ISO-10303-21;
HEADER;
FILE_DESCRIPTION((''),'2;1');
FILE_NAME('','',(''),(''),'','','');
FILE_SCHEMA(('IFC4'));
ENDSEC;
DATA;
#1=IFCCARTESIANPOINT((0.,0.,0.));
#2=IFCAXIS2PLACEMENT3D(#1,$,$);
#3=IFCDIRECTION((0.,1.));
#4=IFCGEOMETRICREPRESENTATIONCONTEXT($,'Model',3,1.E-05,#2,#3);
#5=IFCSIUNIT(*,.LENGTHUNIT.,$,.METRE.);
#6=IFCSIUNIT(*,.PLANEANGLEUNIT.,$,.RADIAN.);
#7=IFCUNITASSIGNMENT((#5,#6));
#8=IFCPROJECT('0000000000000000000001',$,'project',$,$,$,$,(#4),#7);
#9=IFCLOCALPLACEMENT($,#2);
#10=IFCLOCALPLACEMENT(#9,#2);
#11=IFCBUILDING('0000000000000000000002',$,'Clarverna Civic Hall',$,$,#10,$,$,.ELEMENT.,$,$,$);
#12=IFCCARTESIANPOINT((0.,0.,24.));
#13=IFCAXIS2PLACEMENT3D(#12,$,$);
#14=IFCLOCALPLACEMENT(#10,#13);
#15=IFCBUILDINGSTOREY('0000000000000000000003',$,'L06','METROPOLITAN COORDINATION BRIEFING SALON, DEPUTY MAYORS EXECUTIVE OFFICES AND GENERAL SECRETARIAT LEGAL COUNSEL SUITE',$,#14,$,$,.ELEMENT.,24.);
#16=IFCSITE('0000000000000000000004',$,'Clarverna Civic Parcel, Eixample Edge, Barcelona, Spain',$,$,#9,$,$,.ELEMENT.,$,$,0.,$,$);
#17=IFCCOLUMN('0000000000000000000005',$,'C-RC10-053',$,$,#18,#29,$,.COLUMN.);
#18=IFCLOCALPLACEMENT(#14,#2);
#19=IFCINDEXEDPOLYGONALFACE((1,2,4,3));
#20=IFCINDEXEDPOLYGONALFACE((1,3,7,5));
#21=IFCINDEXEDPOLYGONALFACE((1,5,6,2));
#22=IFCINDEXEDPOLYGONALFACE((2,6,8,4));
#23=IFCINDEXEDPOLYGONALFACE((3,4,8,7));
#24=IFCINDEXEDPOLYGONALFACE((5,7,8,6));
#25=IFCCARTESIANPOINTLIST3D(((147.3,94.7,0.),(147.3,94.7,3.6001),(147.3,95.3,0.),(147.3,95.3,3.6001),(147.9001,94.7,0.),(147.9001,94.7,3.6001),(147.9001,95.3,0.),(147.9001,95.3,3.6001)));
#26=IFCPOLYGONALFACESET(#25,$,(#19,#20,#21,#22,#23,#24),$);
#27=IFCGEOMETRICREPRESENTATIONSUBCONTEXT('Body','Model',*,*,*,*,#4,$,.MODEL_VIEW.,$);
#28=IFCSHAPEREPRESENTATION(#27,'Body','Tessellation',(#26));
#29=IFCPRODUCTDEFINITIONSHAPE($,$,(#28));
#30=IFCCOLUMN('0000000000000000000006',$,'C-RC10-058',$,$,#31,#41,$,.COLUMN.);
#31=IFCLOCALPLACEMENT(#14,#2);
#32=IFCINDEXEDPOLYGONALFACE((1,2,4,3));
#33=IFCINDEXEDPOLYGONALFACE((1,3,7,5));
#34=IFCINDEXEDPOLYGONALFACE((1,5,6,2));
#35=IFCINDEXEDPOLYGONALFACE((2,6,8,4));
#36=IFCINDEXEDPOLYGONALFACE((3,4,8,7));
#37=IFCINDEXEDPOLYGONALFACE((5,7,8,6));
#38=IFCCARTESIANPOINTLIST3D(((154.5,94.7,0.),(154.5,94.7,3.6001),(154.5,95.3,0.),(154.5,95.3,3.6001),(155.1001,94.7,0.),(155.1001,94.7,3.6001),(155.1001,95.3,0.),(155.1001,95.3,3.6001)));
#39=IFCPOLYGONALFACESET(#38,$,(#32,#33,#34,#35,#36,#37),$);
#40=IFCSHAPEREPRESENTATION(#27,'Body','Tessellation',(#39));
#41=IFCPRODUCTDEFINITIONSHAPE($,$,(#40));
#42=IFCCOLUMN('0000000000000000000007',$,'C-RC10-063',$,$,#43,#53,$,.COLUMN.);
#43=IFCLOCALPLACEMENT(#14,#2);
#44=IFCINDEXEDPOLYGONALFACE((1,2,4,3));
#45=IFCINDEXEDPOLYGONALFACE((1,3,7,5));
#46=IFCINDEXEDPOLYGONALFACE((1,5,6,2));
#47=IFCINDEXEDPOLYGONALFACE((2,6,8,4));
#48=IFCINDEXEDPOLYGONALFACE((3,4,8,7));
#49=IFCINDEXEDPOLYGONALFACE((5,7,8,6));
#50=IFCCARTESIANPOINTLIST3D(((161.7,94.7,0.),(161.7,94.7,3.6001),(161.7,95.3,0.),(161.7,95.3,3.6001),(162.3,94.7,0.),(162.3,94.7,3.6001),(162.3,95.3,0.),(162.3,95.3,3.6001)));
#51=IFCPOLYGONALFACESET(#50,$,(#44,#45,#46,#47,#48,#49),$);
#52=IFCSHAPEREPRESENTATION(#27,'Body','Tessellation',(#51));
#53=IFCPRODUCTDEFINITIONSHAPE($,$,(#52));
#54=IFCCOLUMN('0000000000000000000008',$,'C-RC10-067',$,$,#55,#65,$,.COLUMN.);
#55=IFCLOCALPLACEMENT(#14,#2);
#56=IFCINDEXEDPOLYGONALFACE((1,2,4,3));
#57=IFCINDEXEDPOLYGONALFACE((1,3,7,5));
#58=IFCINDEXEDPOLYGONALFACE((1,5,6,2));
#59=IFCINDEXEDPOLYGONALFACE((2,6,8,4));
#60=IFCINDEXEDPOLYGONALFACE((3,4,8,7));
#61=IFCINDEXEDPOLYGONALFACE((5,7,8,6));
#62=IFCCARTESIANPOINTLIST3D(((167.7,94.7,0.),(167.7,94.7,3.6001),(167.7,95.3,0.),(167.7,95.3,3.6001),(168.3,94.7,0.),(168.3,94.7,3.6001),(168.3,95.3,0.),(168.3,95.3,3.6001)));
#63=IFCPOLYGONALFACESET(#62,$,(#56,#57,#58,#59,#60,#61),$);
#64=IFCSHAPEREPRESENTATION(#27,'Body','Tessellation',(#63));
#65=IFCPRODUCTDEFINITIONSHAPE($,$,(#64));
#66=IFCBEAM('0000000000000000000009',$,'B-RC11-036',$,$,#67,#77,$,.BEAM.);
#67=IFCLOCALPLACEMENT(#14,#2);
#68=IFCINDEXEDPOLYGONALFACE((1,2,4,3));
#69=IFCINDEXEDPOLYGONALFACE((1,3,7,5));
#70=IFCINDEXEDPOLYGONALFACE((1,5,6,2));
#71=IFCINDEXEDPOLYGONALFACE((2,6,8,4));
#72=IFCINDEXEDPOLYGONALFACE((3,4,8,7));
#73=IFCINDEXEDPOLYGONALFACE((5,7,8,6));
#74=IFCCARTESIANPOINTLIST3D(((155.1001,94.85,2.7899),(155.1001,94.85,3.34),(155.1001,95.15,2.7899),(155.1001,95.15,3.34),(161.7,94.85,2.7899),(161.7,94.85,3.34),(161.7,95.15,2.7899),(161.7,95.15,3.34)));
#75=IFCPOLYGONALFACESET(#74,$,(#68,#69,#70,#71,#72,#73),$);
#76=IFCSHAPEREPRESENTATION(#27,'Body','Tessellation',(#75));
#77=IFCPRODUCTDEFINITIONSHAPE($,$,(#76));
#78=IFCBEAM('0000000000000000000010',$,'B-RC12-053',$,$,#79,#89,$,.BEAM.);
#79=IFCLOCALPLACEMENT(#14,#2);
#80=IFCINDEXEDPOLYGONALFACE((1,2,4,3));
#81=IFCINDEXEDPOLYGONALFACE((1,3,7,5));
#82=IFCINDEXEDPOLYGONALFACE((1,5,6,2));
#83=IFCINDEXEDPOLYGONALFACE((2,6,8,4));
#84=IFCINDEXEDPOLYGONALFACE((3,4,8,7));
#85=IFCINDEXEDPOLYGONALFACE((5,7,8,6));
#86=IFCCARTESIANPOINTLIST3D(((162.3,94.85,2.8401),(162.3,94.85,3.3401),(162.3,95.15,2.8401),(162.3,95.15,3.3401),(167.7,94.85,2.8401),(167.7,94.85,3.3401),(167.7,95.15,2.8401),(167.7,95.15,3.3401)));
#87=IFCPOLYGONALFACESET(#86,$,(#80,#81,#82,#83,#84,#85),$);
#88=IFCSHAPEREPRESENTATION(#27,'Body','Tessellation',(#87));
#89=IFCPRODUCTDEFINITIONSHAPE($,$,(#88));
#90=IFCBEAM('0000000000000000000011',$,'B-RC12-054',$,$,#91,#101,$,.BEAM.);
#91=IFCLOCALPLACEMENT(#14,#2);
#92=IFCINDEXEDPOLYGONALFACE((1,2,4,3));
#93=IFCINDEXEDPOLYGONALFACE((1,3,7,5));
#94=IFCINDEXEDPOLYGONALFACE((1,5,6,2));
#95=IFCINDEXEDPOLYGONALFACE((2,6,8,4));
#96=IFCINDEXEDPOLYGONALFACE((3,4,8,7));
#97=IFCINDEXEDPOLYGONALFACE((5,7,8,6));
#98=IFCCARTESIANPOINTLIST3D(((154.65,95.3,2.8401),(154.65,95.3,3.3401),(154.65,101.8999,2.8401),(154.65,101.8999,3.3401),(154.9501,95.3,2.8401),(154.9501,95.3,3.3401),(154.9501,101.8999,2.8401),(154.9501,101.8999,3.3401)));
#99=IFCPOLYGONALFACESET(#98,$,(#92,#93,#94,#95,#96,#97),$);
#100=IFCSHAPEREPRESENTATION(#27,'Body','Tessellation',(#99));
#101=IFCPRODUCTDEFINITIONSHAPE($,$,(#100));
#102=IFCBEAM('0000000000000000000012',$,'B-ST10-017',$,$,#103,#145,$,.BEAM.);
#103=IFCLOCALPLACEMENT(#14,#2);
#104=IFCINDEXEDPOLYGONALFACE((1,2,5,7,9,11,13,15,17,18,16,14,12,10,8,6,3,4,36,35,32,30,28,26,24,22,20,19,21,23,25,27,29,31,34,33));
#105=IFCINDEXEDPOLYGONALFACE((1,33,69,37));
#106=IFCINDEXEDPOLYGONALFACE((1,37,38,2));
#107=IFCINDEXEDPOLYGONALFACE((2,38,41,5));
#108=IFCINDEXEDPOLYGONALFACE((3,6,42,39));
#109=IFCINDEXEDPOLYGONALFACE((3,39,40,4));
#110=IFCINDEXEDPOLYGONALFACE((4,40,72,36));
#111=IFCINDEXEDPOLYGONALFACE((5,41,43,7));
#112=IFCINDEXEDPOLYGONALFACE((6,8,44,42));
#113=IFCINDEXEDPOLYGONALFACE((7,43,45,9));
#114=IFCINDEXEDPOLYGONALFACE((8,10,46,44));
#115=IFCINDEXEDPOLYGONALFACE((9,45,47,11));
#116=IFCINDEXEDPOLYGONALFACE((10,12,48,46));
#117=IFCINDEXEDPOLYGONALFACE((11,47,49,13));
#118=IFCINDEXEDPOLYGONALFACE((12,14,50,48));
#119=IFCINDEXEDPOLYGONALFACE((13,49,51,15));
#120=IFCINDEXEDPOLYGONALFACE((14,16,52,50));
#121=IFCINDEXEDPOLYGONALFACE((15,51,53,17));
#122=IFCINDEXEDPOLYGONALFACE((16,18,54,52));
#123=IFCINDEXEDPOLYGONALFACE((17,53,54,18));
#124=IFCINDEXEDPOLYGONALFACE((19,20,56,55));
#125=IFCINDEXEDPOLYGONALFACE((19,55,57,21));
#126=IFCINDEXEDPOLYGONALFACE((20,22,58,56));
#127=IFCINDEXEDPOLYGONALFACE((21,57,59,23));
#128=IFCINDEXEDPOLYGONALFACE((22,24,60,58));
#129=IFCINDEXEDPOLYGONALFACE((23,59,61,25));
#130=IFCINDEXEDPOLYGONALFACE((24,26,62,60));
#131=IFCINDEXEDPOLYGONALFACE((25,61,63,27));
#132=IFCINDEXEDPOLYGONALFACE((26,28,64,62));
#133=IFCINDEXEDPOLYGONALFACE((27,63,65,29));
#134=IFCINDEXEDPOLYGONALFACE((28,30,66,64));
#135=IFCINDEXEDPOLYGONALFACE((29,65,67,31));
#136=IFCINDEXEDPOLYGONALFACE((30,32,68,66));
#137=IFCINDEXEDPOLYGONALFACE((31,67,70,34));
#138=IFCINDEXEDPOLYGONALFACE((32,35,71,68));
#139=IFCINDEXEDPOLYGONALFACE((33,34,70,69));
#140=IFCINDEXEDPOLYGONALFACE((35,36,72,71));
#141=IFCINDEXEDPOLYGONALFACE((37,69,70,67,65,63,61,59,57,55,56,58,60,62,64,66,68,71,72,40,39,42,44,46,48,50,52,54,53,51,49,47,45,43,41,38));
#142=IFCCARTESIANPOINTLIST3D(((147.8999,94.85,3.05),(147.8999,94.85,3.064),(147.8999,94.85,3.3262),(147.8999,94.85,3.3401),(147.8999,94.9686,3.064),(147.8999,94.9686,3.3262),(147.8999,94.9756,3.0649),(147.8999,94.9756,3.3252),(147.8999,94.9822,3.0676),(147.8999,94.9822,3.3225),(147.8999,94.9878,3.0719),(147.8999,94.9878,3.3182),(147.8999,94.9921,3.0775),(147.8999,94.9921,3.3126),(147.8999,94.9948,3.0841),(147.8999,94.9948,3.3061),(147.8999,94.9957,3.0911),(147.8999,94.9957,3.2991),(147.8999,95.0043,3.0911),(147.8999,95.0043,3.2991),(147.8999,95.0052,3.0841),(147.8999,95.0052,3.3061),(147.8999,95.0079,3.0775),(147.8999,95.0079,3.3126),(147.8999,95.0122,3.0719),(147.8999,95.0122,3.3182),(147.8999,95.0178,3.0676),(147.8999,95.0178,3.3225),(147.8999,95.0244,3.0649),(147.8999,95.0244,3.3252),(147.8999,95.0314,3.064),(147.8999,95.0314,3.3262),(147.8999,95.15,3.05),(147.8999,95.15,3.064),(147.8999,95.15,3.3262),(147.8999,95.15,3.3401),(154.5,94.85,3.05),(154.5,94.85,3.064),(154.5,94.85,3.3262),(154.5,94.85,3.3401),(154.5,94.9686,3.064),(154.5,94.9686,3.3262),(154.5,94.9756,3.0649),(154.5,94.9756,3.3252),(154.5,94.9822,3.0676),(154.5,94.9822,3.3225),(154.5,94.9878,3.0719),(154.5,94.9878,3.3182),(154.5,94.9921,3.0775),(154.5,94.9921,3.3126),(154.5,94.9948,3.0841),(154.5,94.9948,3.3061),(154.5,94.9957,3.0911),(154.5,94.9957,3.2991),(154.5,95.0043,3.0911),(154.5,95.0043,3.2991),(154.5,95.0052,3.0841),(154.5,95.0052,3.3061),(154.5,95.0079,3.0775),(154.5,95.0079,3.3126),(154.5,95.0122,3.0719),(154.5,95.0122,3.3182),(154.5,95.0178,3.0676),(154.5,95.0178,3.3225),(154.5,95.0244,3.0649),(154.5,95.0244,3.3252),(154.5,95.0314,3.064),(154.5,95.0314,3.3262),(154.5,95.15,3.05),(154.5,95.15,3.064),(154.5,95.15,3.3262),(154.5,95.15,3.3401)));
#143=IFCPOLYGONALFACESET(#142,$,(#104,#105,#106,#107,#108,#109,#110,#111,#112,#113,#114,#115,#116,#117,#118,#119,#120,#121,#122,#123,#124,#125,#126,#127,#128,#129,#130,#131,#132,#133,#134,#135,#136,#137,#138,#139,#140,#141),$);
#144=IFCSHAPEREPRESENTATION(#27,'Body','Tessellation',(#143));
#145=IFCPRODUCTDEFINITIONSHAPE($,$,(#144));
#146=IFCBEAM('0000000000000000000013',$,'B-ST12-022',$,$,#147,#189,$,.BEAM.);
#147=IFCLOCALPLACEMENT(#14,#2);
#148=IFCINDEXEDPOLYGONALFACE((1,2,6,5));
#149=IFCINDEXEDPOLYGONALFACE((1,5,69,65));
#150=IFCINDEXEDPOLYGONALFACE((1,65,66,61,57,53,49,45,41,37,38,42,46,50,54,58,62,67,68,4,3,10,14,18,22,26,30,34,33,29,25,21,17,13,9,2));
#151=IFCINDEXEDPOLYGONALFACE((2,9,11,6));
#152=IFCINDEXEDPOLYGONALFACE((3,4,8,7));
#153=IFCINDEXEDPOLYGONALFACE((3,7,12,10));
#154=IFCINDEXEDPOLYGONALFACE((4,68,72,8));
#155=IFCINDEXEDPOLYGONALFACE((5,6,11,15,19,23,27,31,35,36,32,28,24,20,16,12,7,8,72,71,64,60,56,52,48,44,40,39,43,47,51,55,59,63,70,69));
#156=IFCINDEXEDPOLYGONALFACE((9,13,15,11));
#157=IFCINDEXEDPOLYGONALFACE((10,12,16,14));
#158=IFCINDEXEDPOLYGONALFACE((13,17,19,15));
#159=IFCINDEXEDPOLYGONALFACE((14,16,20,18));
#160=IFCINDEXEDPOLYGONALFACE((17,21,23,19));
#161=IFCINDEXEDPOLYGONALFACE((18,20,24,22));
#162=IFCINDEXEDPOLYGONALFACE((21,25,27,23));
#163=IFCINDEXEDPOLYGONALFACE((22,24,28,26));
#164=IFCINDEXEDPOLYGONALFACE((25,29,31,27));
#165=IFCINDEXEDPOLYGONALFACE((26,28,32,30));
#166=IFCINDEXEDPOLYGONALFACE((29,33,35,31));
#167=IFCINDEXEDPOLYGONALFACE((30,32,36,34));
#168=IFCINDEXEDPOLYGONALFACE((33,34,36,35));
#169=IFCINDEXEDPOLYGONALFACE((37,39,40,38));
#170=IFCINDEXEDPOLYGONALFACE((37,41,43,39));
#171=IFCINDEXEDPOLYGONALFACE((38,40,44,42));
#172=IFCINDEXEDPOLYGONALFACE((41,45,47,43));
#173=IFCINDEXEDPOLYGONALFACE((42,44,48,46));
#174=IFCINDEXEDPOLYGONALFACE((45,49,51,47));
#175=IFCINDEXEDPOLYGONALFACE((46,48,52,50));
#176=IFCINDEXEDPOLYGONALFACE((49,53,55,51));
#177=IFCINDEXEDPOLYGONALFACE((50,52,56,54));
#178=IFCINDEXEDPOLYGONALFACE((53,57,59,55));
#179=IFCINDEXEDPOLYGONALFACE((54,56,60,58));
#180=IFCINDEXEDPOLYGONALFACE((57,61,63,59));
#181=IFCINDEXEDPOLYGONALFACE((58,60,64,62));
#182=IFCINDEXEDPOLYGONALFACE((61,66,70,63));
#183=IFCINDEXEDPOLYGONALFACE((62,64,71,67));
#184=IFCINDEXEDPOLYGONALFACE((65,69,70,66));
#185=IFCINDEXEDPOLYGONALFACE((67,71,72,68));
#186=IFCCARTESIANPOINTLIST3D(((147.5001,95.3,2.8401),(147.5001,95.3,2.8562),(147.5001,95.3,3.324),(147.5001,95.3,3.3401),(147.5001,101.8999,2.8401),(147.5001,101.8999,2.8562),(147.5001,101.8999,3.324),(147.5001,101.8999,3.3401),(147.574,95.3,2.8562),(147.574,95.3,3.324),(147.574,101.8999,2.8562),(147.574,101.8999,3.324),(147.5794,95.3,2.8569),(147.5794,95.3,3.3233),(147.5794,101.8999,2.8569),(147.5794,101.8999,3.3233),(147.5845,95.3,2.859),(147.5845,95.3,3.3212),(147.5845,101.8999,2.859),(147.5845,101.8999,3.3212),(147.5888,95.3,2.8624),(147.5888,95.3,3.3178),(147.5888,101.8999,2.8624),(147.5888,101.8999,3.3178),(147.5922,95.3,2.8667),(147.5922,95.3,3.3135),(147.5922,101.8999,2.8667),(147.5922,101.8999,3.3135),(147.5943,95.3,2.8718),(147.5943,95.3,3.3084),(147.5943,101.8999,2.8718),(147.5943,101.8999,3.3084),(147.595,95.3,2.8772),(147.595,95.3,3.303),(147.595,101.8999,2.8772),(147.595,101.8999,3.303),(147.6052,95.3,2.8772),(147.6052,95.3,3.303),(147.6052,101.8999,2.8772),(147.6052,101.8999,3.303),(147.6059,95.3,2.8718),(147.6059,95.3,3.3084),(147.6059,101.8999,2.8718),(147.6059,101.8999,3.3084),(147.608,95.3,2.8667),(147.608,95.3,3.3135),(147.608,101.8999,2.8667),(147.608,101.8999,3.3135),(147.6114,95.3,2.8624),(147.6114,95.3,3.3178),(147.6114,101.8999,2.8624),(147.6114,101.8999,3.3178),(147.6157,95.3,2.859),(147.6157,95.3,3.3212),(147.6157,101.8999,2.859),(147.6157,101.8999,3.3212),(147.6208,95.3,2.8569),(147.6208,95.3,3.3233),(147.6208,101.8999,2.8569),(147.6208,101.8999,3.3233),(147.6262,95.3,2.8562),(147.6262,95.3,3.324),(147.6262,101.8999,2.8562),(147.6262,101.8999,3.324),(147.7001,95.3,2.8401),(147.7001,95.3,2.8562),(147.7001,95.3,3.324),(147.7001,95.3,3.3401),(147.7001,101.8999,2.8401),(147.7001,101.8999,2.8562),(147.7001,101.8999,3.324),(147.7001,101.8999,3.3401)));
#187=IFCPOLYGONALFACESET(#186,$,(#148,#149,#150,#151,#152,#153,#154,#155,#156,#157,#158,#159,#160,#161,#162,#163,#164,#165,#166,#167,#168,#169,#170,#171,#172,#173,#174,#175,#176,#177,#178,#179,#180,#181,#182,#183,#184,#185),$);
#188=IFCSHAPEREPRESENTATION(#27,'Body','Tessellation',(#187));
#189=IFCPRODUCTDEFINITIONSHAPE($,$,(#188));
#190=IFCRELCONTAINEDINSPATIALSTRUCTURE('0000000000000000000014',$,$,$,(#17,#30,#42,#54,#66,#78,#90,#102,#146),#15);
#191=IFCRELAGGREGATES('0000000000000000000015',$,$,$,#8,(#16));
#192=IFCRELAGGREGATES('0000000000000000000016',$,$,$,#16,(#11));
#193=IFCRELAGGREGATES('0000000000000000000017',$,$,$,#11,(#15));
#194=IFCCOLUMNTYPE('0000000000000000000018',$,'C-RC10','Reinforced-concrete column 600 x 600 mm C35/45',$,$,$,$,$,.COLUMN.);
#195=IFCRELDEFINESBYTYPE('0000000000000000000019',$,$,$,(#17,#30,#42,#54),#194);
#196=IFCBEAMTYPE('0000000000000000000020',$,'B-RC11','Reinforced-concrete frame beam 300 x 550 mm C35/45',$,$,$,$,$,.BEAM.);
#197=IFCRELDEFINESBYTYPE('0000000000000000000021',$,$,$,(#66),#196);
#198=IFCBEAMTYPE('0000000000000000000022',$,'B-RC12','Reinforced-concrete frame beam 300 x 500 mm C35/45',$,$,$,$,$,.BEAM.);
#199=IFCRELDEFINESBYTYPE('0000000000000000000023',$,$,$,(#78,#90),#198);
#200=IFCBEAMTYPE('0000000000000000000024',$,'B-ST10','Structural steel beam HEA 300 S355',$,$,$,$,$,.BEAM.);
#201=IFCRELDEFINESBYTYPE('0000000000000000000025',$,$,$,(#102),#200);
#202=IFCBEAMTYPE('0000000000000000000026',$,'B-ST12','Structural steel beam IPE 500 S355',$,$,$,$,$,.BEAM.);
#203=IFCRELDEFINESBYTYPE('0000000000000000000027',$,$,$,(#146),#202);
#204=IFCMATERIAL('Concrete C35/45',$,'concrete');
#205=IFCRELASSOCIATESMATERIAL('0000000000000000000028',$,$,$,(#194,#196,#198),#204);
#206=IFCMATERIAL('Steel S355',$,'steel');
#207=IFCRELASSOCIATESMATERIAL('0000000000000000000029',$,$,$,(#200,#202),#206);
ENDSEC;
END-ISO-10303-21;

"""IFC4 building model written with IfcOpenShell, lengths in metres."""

from ifc_helpers import new_model, si_unit, direction, frame, origin, origin_2d, place, context, subcontext, project, spatial, rectangle, i_section, extrude, material, material_profile, profile_set, type_object, element, save


model = new_model("IFC4")

# Units and contexts
model_context = context("Model", 3, precision=1e-05, world=origin(), true_north=direction((0.0, 1.0)))
body_context = subcontext(model_context, "Body", "Model", "MODEL_VIEW")
ifc_project = project(units=[si_unit("LENGTHUNIT", "METRE"), si_unit("PLANEANGLEUNIT", "RADIAN")], contexts=[model_context])

# Site, building, storey
site_placement = place(None, origin())
site = spatial("IfcSite", under=ifc_project, at=site_placement, Name="Clarverna Civic Parcel, Eixample Edge, Barcelona, Spain", CompositionType="ELEMENT", RefElevation=0.0)
building_placement = place(site_placement, origin())
building = spatial("IfcBuilding", under=site, at=building_placement, Name="Clarverna Civic Hall", CompositionType="ELEMENT")
storey_placement = place(building_placement, frame((0.0, 0.0, 24.0)))
storey = spatial("IfcBuildingStorey", under=building, at=storey_placement, Name="L06", Description="METROPOLITAN COORDINATION BRIEFING SALON, DEPUTY MAYORS EXECUTIVE OFFICES AND GENERAL SECRETARIAT LEGAL COUNSEL SUITE", CompositionType="ELEMENT", Elevation=24.0)

# Columns
ifc_material_1 = material(Name="Concrete C35/45", Category="concrete")
ifc_material_profile_1 = material_profile(ifc_material_1, rectangle(XDim=0.6001, YDim=0.6001, at=origin_2d()), Name="RC 600x600")
ifc_profile_set_1 = profile_set([ifc_material_profile_1], Name="Concrete C35/45")
column_type = type_object("IfcColumnType", Name="C-RC10", Description="Reinforced-concrete column 600 x 600 mm C35/45", PredefinedType="COLUMN", material=ifc_profile_set_1)
for number, where, z_axis, x_axis, name in (
    (1, (147.6001, 95.0, 0.0), (0.0, 0.0, 1.0), (1.0, 0.0, 0.0), "C-RC10-053"),
    (2, (154.8, 95.0, 0.0), (0.0, 0.0, 1.0), (1.0, 0.0, 0.0), "C-RC10-058"),
    (3, (162.0, 95.0, 0.0), (0.0, 0.0, 1.0), (1.0, 0.0, 0.0), "C-RC10-063"),
    (4, (168.0, 95.0, 0.0), (0.0, 0.0, 1.0), (1.0, 0.0, 0.0), "C-RC10-067"),
):
    element("IfcColumn", number, at=place(storey_placement, frame(where, z_axis=z_axis, x_axis=x_axis)), inside=storey, type_object=column_type, Name=name, PredefinedType="COLUMN", context=body_context, shape_type="SweptSolid", body=[
        extrude(rectangle(XDim=0.6001, YDim=0.6001, at=origin_2d()), origin(), (0.0, 0.0, 1.0), 3.6001),
    ])

# Beams
ifc_material_profile_2 = material_profile(ifc_material_1, rectangle(XDim=0.3, YDim=0.55, at=origin_2d()), Name="RC 300x550")
ifc_profile_set_2 = profile_set([ifc_material_profile_2], Name="Concrete C35/45")
beam_type_1 = type_object("IfcBeamType", Name="B-RC11", Description="Reinforced-concrete frame beam 300 x 550 mm C35/45", PredefinedType="BEAM", material=ifc_profile_set_2)
beam_1_placement = place(storey_placement, frame((155.1001, 95.0, 3.0649), z_axis=(1.0, 0.0, 0.0), x_axis=(0.0, 1.0, 0.0)))
element("IfcBeam", 5, at=beam_1_placement, inside=storey, type_object=beam_type_1, Name="B-RC11-036", PredefinedType="BEAM", context=body_context, shape_type="SweptSolid", body=[
    extrude(rectangle(XDim=0.3, YDim=0.55, at=origin_2d()), origin(), (0.0, 0.0, 1.0), 6.5999),
])
ifc_material_profile_3 = material_profile(ifc_material_1, rectangle(XDim=0.3, YDim=0.5, at=origin_2d()), Name="RC 300x500")
ifc_profile_set_3 = profile_set([ifc_material_profile_3], Name="Concrete C35/45")
beam_type_2 = type_object("IfcBeamType", Name="B-RC12", Description="Reinforced-concrete frame beam 300 x 500 mm C35/45", PredefinedType="BEAM", material=ifc_profile_set_3)
beam_2_placement = place(storey_placement, frame((162.3, 95.0, 3.0901), z_axis=(1.0, 0.0, 0.0), x_axis=(0.0, 1.0, 0.0)))
element("IfcBeam", 6, at=beam_2_placement, inside=storey, type_object=beam_type_2, Name="B-RC12-053", PredefinedType="BEAM", context=body_context, shape_type="SweptSolid", body=[
    extrude(rectangle(XDim=0.3, YDim=0.5, at=origin_2d()), origin(), (0.0, 0.0, 1.0), 5.3999),
])
beam_3_placement = place(storey_placement, frame((154.8, 95.3, 3.0901), z_axis=(0.0, 1.0, 0.0), x_axis=(-1.0, 0.0, 0.0)))
element("IfcBeam", 7, at=beam_3_placement, inside=storey, type_object=beam_type_2, Name="B-RC12-054", PredefinedType="BEAM", context=body_context, shape_type="SweptSolid", body=[
    extrude(rectangle(XDim=0.3, YDim=0.5, at=origin_2d()), origin(), (0.0, 0.0, 1.0), 6.5999),
])
ifc_material_2 = material(Name="Steel S355", Category="steel")
ifc_material_profile_4 = material_profile(ifc_material_2, i_section(OverallWidth=0.3, OverallDepth=0.29, WebThickness=0.0085, FlangeThickness=0.0139, FilletRadius=0.0271, at=origin_2d()), Name="HEA 300")
ifc_profile_set_4 = profile_set([ifc_material_profile_4], Name="Steel S355")
beam_type_3 = type_object("IfcBeamType", Name="B-ST10", Description="Structural steel beam HEA 300 S355", PredefinedType="BEAM", material=ifc_profile_set_4)
beam_4_placement = place(storey_placement, frame((147.8999, 95.0, 3.1951), z_axis=(1.0, 0.0, 0.0), x_axis=(0.0, 1.0, 0.0)))
element("IfcBeam", 8, at=beam_4_placement, inside=storey, type_object=beam_type_3, Name="B-ST10-017", PredefinedType="BEAM", context=body_context, shape_type="SweptSolid", body=[
    extrude(i_section(OverallWidth=0.3, OverallDepth=0.29, WebThickness=0.0085, FlangeThickness=0.0139, FilletRadius=0.0271, at=origin_2d()), origin(), (0.0, 0.0, 1.0), 6.6001),
])
ifc_material_profile_5 = material_profile(ifc_material_2, i_section(OverallWidth=0.2, OverallDepth=0.5, WebThickness=0.0103, FlangeThickness=0.0161, FilletRadius=0.021, at=origin_2d()), Name="IPE 500")
ifc_profile_set_5 = profile_set([ifc_material_profile_5], Name="Steel S355")
beam_type_4 = type_object("IfcBeamType", Name="B-ST12", Description="Structural steel beam IPE 500 S355", PredefinedType="BEAM", material=ifc_profile_set_5)
beam_5_placement = place(storey_placement, frame((147.6001, 95.3, 3.0901), z_axis=(0.0, 1.0, 0.0), x_axis=(-1.0, 0.0, 0.0)))
element("IfcBeam", 9, at=beam_5_placement, inside=storey, type_object=beam_type_4, Name="B-ST12-022", PredefinedType="BEAM", context=body_context, shape_type="SweptSolid", body=[
    extrude(i_section(OverallWidth=0.2, OverallDepth=0.5, WebThickness=0.0103, FlangeThickness=0.0161, FilletRadius=0.021, at=origin_2d()), origin(), (0.0, 0.0, 1.0), 6.5999),
])

save(model, "model.ifc")
